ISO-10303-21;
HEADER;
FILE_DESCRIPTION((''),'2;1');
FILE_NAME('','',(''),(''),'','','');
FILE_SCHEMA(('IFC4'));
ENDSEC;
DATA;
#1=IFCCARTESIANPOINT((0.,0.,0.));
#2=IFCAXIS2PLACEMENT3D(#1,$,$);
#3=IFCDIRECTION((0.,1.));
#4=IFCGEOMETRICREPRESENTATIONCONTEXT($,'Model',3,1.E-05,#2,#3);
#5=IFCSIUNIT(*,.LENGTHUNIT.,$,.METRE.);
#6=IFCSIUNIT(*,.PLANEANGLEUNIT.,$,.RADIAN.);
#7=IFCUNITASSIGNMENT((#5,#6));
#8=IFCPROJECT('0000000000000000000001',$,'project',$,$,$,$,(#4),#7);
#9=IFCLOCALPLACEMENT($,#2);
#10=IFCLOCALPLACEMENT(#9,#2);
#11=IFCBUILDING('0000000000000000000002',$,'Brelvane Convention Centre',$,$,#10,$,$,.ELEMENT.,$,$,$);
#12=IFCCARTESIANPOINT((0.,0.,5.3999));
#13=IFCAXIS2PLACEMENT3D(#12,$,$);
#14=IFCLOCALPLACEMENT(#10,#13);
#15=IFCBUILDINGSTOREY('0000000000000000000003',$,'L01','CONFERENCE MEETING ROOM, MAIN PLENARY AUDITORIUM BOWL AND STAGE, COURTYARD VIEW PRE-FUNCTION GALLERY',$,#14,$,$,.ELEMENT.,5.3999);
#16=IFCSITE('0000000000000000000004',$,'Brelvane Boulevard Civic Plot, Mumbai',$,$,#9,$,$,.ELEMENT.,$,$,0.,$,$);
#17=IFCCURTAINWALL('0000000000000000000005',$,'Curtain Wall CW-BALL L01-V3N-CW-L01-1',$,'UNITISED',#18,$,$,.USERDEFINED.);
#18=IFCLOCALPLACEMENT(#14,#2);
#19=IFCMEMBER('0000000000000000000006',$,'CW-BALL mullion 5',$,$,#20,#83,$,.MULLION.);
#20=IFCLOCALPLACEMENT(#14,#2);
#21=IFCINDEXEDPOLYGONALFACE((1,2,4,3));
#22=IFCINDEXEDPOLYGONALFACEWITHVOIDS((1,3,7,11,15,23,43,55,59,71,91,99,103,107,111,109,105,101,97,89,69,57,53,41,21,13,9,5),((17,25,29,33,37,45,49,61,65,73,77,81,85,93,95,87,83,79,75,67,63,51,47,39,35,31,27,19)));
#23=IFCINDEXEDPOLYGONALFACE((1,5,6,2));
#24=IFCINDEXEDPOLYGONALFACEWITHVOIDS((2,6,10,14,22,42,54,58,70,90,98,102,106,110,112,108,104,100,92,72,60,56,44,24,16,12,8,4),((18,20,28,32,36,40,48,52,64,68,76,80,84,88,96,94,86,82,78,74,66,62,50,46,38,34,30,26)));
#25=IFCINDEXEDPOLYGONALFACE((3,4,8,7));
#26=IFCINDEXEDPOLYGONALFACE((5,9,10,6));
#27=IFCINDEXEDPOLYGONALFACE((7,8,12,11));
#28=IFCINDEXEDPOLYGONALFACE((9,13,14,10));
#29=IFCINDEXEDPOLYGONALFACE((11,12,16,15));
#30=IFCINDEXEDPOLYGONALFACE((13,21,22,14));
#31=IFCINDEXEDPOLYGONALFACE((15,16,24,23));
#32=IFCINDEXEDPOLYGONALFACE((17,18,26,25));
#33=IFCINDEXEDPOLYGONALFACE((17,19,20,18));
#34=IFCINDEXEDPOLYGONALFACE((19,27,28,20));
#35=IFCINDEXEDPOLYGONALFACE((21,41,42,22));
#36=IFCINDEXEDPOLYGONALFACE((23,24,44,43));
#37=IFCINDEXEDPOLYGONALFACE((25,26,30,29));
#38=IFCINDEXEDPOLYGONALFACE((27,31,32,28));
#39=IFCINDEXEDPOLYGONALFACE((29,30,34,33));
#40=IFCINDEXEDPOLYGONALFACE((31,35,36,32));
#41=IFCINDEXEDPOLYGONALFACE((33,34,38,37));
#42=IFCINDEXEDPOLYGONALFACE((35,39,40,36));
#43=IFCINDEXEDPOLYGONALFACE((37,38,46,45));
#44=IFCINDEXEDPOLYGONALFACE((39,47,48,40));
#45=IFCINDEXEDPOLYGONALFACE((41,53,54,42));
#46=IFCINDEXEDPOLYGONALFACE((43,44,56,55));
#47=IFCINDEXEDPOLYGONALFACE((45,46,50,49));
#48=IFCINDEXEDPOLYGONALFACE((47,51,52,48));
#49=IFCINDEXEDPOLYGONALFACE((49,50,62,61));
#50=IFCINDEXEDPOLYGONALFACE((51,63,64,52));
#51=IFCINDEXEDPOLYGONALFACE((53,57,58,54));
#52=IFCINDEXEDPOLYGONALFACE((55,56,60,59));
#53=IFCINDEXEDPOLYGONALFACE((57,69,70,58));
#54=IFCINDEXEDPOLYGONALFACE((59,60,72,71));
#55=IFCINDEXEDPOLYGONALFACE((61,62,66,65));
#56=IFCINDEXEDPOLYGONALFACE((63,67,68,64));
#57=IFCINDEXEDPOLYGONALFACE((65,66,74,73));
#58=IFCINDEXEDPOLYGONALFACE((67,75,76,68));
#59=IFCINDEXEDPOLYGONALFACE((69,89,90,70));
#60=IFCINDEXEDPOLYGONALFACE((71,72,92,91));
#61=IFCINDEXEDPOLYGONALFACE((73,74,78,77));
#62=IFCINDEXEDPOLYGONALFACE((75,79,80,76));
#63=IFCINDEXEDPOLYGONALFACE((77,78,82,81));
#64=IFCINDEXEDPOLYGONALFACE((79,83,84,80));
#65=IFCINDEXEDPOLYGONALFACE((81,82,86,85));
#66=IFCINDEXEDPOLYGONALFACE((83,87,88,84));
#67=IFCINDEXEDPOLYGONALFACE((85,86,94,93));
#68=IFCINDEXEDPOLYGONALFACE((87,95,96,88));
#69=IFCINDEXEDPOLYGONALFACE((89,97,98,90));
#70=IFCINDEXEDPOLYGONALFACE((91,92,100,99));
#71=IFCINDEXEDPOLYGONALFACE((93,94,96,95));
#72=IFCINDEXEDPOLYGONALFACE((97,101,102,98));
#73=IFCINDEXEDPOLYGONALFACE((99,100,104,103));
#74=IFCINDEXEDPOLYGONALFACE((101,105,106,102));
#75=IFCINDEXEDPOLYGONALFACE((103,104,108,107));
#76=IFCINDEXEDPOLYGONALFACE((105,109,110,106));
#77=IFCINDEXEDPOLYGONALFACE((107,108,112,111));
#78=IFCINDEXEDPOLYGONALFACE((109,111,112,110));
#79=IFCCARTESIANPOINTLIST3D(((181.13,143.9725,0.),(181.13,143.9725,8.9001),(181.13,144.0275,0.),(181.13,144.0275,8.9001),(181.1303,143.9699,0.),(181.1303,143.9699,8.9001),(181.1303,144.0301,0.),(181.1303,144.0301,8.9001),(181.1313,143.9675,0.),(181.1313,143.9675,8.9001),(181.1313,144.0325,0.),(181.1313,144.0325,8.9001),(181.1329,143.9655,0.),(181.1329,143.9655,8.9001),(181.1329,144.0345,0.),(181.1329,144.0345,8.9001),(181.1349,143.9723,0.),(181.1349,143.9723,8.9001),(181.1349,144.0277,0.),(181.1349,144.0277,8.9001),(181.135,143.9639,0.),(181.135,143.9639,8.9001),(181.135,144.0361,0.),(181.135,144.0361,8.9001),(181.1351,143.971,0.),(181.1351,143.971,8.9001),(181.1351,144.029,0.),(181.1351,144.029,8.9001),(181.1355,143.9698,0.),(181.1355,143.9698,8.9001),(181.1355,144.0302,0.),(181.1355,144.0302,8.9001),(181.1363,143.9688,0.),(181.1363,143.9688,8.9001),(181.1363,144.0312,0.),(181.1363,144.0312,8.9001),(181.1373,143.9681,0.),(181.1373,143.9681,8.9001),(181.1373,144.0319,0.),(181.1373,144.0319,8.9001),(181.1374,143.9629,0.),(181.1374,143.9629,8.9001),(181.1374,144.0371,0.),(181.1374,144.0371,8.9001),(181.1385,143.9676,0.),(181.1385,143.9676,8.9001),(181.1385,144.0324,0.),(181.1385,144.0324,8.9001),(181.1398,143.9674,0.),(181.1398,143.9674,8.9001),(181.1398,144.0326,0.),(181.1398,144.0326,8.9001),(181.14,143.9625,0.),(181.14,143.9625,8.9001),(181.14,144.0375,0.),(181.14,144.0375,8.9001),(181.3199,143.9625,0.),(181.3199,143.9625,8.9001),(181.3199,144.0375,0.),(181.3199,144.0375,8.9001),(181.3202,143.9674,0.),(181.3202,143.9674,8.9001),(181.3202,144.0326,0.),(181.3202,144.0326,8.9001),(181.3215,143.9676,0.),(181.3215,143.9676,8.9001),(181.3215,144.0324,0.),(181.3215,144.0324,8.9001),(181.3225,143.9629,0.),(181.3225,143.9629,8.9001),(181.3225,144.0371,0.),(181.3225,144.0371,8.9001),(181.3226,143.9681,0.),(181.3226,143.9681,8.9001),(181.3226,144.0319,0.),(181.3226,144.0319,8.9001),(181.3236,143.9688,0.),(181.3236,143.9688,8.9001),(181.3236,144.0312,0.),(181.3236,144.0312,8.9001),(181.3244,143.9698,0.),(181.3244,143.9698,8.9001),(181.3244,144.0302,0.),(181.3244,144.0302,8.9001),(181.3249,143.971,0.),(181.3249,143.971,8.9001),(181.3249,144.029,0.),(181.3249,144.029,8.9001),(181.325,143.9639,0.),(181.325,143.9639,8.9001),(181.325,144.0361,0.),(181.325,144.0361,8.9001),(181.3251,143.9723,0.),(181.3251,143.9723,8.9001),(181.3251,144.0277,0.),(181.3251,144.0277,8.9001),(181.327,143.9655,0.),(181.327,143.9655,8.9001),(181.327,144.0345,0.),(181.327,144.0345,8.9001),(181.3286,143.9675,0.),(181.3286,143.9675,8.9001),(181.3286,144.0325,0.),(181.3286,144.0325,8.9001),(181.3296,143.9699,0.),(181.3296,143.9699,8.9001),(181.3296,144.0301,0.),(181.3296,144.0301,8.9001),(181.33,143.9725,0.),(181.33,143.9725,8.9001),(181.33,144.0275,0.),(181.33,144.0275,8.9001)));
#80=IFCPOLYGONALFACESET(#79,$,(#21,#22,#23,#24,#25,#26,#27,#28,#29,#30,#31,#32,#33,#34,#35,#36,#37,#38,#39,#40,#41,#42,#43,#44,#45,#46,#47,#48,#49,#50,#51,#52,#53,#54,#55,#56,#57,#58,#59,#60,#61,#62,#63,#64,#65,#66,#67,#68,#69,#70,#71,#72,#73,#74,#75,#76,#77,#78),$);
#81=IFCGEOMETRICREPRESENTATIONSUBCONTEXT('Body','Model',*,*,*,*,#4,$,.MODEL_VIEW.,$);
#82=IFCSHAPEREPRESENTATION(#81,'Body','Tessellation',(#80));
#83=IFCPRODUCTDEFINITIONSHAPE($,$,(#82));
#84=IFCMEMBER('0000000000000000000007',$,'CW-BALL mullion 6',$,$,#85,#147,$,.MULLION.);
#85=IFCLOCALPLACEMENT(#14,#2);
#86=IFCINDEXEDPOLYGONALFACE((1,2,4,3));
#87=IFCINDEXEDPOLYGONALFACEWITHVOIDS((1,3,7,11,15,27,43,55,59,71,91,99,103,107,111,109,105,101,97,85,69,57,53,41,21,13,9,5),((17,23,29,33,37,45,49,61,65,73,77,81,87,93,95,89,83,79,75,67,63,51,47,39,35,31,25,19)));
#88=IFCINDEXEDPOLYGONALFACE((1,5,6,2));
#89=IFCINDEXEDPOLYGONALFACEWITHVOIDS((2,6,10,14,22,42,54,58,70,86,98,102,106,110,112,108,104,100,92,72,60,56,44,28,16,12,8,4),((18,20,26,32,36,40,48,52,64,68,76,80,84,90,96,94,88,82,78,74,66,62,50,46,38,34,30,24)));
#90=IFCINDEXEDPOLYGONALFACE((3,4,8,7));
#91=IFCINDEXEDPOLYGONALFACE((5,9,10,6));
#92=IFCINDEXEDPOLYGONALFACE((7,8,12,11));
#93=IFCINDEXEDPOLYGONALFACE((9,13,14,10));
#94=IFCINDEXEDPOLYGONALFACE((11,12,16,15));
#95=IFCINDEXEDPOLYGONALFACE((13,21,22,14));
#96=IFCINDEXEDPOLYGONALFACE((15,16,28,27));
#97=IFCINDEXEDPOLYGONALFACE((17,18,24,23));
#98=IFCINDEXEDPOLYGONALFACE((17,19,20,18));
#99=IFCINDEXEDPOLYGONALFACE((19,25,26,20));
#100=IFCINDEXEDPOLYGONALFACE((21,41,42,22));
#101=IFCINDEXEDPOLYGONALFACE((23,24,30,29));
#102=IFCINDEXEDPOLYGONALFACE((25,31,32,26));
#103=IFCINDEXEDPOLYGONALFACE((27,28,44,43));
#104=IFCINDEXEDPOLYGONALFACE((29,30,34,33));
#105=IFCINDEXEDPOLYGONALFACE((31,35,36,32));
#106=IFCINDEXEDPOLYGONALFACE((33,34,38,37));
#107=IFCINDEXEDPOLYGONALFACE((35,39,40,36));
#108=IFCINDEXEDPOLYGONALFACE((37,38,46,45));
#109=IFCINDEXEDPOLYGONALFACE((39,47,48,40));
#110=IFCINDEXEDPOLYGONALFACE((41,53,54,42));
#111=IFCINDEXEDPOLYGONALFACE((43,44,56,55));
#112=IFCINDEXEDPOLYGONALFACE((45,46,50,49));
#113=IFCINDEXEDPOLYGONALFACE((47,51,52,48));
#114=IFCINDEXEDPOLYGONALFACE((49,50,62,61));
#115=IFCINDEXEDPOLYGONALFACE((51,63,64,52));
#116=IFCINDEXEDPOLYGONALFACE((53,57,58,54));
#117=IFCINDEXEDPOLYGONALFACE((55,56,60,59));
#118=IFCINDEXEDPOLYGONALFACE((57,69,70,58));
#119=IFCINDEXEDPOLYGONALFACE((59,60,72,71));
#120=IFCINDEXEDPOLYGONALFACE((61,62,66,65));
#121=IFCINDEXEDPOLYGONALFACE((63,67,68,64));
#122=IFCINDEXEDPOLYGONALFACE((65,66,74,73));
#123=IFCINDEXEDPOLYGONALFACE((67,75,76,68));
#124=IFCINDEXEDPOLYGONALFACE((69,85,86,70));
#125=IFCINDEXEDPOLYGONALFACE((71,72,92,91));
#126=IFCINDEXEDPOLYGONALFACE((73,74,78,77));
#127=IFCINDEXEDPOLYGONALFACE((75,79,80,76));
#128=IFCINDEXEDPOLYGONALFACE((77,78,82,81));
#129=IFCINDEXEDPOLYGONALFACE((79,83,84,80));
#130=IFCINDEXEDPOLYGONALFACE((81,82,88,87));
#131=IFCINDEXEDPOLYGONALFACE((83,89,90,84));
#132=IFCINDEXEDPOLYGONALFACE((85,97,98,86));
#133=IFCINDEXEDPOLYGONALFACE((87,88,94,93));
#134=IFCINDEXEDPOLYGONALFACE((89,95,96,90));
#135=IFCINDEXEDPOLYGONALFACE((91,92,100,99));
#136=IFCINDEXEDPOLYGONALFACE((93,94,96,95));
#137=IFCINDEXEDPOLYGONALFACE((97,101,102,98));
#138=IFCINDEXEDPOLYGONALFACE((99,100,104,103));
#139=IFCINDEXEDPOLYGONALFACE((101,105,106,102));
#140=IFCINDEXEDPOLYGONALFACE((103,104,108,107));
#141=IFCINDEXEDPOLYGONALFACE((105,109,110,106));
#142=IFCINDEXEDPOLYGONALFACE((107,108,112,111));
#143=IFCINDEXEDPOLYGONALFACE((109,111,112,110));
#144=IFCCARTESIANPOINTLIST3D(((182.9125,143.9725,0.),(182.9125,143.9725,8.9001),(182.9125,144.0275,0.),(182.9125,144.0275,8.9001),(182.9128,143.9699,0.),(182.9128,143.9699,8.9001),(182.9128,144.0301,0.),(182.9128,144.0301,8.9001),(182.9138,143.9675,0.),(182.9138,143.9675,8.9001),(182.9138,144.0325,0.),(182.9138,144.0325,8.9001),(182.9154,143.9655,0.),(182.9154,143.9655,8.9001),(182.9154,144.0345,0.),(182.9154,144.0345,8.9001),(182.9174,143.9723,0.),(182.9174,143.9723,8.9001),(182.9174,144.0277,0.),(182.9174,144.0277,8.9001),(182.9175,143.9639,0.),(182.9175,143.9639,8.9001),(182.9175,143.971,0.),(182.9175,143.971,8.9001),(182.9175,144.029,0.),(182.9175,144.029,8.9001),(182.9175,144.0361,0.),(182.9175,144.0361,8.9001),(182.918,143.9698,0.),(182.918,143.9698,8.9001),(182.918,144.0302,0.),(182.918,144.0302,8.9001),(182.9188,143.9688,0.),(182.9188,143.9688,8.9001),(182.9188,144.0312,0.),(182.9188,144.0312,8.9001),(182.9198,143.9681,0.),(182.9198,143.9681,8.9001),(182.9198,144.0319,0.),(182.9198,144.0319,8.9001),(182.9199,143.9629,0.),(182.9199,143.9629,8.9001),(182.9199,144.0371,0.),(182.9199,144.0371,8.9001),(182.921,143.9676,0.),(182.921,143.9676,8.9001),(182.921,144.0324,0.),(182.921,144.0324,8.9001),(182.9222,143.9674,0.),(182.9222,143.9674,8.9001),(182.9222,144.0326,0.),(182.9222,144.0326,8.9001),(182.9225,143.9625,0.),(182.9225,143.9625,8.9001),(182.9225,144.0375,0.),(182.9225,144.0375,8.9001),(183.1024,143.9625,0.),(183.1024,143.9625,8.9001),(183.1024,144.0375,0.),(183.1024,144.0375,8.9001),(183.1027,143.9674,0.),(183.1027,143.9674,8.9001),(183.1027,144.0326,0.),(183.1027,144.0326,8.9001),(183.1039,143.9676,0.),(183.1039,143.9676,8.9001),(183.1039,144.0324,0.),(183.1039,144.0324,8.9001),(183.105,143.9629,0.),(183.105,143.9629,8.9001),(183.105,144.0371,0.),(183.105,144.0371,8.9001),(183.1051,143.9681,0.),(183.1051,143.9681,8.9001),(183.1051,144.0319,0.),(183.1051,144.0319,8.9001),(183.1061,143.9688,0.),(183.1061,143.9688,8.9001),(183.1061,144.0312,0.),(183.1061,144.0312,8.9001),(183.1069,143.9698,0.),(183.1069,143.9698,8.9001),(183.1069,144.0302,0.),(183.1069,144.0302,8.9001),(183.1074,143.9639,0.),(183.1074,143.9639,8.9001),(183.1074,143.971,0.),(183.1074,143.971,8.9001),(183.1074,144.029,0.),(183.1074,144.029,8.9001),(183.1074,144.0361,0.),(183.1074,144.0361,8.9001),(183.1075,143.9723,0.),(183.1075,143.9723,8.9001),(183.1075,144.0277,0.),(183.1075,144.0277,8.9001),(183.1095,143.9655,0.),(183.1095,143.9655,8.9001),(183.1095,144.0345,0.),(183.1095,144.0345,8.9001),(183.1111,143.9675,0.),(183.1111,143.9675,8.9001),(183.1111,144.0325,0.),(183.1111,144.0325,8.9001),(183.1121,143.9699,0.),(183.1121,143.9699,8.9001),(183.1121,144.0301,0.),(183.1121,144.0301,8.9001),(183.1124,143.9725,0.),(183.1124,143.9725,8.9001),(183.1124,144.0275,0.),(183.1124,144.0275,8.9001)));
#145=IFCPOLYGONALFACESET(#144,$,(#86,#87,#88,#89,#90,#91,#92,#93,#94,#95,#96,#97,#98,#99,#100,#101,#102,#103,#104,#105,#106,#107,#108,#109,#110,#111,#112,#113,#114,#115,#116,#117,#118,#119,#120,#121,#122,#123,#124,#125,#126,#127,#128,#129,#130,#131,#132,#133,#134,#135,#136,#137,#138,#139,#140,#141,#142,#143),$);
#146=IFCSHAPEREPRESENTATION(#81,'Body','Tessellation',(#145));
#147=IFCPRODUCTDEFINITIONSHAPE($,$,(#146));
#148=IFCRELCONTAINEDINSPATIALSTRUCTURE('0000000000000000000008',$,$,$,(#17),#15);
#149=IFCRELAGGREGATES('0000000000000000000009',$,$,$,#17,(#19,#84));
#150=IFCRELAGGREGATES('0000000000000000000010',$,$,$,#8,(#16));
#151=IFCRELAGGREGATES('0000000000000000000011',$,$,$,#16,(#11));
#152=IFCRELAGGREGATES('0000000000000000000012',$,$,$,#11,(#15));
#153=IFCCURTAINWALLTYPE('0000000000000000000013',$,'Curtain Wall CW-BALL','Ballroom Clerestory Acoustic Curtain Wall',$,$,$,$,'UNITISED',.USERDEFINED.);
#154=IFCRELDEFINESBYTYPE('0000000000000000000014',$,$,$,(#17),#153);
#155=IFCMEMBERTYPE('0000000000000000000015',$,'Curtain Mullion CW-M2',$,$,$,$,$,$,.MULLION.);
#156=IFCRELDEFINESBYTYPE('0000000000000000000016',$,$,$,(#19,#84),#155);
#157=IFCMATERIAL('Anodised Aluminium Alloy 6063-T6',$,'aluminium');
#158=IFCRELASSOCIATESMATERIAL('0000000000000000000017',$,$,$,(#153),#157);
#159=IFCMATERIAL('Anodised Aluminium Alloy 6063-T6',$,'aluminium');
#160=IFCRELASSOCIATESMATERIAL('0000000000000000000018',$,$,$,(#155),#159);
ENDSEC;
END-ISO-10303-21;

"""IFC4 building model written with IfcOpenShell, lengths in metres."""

from ifc_helpers import new_model, si_unit, direction, frame, origin, origin_2d, place, context, subcontext, project, spatial, hollow_rectangle, extrude, material, material_profile, profile_set, type_object, element, aggregate, save


model = new_model("IFC4")

# Units and contexts
model_context = context("Model", 3, precision=1e-05, world=origin(), true_north=direction((0.0, 1.0)))
body_context = subcontext(model_context, "Body", "Model", "MODEL_VIEW")
ifc_project = project(units=[si_unit("LENGTHUNIT", "METRE"), si_unit("PLANEANGLEUNIT", "RADIAN")], contexts=[model_context])

# Site, building, storey
site_placement = place(None, origin())
site = spatial("IfcSite", under=ifc_project, at=site_placement, Name="Brelvane Boulevard Civic Plot, Mumbai", CompositionType="ELEMENT", RefElevation=0.0)
building_placement = place(site_placement, origin())
building = spatial("IfcBuilding", under=site, at=building_placement, Name="Brelvane Convention Centre", CompositionType="ELEMENT")
storey_placement = place(building_placement, frame((0.0, 0.0, 5.3999)))
storey = spatial("IfcBuildingStorey", under=building, at=storey_placement, Name="L01", Description="CONFERENCE MEETING ROOM, MAIN PLENARY AUDITORIUM BOWL AND STAGE, COURTYARD VIEW PRE-FUNCTION GALLERY", CompositionType="ELEMENT", Elevation=5.3999)

# Curtain wall, members
ifc_material_1 = material(Name="Anodised Aluminium Alloy 6063-T6", Category="aluminium")
curtain_wall_type = type_object("IfcCurtainWallType", Name="Curtain Wall CW-BALL", Description="Ballroom Clerestory Acoustic Curtain Wall", ElementType="UNITISED", PredefinedType="USERDEFINED", material=ifc_material_1)
curtain_wall_placement = place(storey_placement, origin())
curtain_wall = element("IfcCurtainWall", 1, at=curtain_wall_placement, inside=storey, type_object=curtain_wall_type, Name="Curtain Wall CW-BALL L01-V3N-CW-L01-1", ObjectType="UNITISED", PredefinedType="USERDEFINED")
ifc_material_2 = material(Name="Anodised Aluminium Alloy 6063-T6", Category="aluminium")
ifc_material_profile_1 = material_profile(ifc_material_2, hollow_rectangle(XDim=0.075, YDim=0.2, WallThickness=0.0049, InnerFilletRadius=0.0049, OuterFilletRadius=0.01, at=origin_2d()), Name="ALU-M 200x75x5.0")
ifc_profile_set_1 = profile_set([ifc_material_profile_1], Name="Anodised Aluminium Alloy 6063-T6")
member_type_1 = type_object("IfcMemberType", Name="Curtain Mullion CW-M2", PredefinedType="MULLION", material=ifc_profile_set_1)
member_1_placement = place(storey_placement, frame((181.23, 144.0, 0.0), z_axis=(0.0, 0.0, 1.0), x_axis=(0.0, 1.0, 0.0)))
member_1 = element("IfcMember", 2, at=member_1_placement, type_object=member_type_1, Name="CW-BALL mullion 5", PredefinedType="MULLION", context=body_context, shape_type="SweptSolid", body=[
    extrude(hollow_rectangle(XDim=0.075, YDim=0.2, WallThickness=0.0049, InnerFilletRadius=0.0049, OuterFilletRadius=0.01, at=origin_2d()), origin(), (0.0, 0.0, 1.0), 8.9001),
])
member_2_placement = place(storey_placement, frame((183.0125, 144.0, 0.0), z_axis=(0.0, 0.0, 1.0), x_axis=(0.0, 1.0, 0.0)))
member_2 = element("IfcMember", 3, at=member_2_placement, type_object=member_type_1, Name="CW-BALL mullion 6", PredefinedType="MULLION", context=body_context, shape_type="SweptSolid", body=[
    extrude(hollow_rectangle(XDim=0.075, YDim=0.2, WallThickness=0.0049, InnerFilletRadius=0.0049, OuterFilletRadius=0.01, at=origin_2d()), origin(), (0.0, 0.0, 1.0), 8.9001),
])
aggregate(curtain_wall, [member_1, member_2])

save(model, "model.ifc")
